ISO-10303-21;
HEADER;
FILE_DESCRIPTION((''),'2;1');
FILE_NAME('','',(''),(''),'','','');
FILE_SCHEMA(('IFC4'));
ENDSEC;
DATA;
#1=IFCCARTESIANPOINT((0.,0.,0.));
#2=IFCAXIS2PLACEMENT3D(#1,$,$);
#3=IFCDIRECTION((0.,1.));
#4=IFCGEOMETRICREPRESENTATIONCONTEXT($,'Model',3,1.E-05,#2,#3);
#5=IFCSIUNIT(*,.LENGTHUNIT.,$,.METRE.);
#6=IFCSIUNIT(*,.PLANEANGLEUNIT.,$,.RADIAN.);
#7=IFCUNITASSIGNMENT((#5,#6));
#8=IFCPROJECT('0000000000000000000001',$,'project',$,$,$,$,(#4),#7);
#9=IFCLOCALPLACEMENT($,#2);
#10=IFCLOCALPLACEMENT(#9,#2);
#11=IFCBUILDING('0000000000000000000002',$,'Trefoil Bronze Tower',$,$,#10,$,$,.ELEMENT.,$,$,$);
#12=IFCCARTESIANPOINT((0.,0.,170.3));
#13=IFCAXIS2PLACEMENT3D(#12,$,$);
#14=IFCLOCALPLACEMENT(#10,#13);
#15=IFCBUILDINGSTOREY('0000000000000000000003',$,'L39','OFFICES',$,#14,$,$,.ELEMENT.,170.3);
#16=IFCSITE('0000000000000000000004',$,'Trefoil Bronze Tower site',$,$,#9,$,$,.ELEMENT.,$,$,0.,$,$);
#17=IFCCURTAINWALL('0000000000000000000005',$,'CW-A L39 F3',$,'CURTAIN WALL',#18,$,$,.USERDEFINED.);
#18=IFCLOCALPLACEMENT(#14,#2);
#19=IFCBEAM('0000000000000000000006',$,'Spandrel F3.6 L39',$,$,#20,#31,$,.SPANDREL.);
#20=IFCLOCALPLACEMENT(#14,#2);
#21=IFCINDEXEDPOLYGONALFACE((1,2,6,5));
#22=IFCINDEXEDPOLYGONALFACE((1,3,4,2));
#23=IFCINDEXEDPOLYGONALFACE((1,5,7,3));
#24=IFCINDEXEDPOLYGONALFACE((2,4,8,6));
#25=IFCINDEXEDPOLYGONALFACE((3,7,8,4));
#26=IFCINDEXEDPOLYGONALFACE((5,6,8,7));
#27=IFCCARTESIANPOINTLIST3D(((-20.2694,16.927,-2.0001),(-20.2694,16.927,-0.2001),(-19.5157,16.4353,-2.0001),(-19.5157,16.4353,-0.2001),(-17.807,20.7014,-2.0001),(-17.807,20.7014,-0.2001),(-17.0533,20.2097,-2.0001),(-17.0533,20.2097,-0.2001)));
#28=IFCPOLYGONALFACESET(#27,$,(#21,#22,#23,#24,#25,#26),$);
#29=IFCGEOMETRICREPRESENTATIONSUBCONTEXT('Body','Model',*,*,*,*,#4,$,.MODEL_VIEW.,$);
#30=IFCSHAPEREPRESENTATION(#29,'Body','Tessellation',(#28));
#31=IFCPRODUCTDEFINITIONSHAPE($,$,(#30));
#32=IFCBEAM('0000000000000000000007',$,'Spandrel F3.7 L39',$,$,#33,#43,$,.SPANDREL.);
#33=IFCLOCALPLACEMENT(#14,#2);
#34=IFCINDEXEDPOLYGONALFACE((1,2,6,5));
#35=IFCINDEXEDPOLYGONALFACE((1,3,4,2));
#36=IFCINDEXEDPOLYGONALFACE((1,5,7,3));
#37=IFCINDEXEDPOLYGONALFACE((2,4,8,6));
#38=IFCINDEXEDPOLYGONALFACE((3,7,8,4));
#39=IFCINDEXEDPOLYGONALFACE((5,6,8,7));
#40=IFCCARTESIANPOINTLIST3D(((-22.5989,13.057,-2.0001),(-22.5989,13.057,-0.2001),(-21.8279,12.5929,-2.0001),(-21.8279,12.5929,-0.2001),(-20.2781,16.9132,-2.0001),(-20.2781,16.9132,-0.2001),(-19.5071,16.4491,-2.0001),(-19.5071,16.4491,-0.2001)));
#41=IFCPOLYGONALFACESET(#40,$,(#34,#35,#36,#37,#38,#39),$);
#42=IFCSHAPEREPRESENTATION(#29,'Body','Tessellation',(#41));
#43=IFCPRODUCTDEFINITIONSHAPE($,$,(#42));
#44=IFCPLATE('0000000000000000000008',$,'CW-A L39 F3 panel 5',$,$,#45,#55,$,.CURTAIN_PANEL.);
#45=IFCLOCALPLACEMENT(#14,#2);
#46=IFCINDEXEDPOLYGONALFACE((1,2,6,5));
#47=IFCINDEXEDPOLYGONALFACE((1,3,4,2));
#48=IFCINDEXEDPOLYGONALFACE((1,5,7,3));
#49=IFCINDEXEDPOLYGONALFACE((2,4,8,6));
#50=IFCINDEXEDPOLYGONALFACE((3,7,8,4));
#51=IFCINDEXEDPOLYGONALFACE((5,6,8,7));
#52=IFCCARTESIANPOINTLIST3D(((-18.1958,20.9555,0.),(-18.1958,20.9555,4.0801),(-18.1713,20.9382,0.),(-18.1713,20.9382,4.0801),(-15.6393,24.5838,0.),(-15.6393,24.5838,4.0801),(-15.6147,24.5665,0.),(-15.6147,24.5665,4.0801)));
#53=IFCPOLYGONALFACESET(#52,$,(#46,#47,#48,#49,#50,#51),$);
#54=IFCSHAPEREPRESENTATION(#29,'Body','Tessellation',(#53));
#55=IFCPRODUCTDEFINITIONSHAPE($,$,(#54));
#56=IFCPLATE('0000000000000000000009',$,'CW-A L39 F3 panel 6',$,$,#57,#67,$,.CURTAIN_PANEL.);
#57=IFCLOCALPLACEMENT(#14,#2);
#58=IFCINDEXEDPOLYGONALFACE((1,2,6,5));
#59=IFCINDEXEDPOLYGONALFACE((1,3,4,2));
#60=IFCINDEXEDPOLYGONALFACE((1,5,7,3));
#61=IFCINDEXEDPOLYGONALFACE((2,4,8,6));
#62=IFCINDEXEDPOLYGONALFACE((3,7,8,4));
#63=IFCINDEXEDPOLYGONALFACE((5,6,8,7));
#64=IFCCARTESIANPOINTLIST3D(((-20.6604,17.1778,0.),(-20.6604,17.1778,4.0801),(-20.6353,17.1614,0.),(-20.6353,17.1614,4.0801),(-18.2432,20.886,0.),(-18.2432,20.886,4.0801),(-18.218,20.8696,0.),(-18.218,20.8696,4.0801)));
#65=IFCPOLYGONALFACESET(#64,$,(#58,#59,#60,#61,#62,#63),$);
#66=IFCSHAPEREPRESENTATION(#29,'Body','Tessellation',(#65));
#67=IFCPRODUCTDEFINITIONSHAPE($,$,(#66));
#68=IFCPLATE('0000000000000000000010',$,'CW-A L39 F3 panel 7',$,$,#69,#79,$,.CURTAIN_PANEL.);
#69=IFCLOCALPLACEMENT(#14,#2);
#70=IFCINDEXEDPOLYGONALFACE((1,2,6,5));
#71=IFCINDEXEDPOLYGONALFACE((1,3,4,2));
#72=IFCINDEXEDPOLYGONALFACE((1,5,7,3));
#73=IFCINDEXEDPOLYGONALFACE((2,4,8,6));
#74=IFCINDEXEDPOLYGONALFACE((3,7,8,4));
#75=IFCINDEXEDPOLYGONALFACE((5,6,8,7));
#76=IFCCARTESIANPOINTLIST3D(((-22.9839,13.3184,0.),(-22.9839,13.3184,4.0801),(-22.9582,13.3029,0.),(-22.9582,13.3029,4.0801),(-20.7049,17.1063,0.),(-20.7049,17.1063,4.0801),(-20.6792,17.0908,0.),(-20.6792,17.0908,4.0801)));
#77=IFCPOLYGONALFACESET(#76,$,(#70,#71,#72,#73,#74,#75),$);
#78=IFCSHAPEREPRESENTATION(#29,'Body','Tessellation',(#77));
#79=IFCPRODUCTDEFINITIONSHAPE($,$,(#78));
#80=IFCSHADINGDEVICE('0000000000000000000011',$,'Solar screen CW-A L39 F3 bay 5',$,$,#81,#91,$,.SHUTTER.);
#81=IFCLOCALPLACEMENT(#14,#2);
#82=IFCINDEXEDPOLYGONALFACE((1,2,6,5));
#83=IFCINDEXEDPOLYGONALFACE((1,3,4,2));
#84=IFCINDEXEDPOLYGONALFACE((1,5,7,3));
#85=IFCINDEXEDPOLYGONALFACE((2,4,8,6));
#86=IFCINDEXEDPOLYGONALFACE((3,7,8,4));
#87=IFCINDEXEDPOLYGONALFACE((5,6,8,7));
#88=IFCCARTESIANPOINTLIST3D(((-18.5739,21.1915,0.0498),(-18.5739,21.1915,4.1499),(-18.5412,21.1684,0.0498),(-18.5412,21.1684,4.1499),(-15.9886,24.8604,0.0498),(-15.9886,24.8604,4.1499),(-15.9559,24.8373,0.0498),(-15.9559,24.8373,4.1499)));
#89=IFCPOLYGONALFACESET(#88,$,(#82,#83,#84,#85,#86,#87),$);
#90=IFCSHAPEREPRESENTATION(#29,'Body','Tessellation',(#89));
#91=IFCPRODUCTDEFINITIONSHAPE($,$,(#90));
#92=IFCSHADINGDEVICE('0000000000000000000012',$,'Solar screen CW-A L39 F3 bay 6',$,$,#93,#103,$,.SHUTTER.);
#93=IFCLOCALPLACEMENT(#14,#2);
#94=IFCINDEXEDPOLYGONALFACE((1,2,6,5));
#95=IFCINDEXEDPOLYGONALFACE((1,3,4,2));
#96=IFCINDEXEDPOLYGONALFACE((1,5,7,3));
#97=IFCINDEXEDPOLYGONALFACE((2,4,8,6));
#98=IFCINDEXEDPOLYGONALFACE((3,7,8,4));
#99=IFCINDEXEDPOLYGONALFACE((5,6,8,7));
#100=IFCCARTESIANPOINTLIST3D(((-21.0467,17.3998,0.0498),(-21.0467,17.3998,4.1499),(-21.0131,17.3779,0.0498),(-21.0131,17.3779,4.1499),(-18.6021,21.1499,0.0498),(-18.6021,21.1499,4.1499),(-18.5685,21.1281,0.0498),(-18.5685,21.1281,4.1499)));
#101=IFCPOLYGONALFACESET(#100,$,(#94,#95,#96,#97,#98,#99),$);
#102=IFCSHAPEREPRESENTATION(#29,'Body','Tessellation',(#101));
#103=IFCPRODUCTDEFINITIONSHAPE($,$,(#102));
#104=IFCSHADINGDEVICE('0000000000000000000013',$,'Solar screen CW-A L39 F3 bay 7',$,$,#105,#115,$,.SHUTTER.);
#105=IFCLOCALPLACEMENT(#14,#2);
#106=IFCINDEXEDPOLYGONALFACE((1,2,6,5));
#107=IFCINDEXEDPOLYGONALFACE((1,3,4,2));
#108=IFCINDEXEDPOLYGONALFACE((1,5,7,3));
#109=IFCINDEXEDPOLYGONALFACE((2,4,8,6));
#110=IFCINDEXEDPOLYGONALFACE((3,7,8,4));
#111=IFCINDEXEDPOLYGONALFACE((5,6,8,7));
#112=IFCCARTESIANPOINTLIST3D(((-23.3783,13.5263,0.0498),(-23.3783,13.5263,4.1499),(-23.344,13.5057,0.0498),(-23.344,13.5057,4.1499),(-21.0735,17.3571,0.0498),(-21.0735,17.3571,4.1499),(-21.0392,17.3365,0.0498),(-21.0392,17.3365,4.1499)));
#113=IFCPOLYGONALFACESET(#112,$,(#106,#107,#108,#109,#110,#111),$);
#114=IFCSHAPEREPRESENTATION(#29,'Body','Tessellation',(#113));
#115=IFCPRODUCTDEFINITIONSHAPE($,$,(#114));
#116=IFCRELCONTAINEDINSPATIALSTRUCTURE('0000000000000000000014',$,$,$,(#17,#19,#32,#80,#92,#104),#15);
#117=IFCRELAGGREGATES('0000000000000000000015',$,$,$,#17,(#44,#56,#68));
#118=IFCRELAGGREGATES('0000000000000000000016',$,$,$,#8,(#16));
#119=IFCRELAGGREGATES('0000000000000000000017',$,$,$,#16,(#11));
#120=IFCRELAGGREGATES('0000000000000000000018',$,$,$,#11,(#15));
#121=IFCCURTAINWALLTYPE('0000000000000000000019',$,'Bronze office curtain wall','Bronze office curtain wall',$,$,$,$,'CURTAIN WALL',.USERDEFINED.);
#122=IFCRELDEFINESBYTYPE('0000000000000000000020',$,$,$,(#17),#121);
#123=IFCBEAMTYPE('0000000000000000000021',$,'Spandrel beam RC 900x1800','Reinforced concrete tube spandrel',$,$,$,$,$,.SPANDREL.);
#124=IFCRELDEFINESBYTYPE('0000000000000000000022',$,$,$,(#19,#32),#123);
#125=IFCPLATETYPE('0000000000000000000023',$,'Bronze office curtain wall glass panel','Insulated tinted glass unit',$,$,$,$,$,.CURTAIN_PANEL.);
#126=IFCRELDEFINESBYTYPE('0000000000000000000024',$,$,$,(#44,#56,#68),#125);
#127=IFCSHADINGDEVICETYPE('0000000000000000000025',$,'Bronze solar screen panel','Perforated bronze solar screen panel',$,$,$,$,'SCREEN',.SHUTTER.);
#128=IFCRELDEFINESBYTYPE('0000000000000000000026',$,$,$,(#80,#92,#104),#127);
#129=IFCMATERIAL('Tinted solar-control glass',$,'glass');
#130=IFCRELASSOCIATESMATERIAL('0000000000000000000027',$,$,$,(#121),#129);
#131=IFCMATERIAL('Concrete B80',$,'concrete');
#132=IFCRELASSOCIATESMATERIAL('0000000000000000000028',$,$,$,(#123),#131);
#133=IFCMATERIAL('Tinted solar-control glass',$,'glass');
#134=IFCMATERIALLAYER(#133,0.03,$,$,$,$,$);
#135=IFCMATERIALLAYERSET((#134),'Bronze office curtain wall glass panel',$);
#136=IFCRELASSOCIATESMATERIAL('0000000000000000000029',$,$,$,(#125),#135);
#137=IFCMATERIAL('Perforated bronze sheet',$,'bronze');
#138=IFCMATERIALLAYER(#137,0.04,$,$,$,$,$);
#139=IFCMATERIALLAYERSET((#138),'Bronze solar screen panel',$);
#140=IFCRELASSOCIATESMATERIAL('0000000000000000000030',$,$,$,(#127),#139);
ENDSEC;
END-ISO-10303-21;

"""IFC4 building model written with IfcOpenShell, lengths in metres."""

from ifc_helpers import new_model, si_unit, direction, frame, origin, origin_2d, place, context, subcontext, project, spatial, rectangle, extrude, material, layer, layer_set, material_profile, profile_set, type_object, element, aggregate, save


model = new_model("IFC4")

# Units and contexts
model_context = context("Model", 3, precision=1e-05, world=origin(), true_north=direction((0.0, 1.0)))
body_context = subcontext(model_context, "Body", "Model", "MODEL_VIEW")
ifc_project = project(units=[si_unit("LENGTHUNIT", "METRE"), si_unit("PLANEANGLEUNIT", "RADIAN")], contexts=[model_context])

# Site, building, storey
site_placement = place(None, origin())
site = spatial("IfcSite", under=ifc_project, at=site_placement, Name="Trefoil Bronze Tower site", CompositionType="ELEMENT", RefElevation=0.0)
building_placement = place(site_placement, origin())
building = spatial("IfcBuilding", under=site, at=building_placement, Name="Trefoil Bronze Tower", CompositionType="ELEMENT")
storey_placement = place(building_placement, frame((0.0, 0.0, 170.3)))
storey = spatial("IfcBuildingStorey", under=building, at=storey_placement, Name="L39", Description="OFFICES", CompositionType="ELEMENT", Elevation=170.3)

# Curtain wall
ifc_material_1 = material(Name="Tinted solar-control glass", Category="glass")
curtain_wall_type = type_object("IfcCurtainWallType", Name="Bronze office curtain wall", Description="Bronze office curtain wall", ElementType="CURTAIN WALL", PredefinedType="USERDEFINED", material=ifc_material_1)
curtain_wall_placement = place(storey_placement, origin())
curtain_wall = element("IfcCurtainWall", 1, at=curtain_wall_placement, inside=storey, type_object=curtain_wall_type, Name="CW-A L39 F3", ObjectType="CURTAIN WALL", PredefinedType="USERDEFINED")

# Beams
ifc_material_2 = material(Name="Concrete B80", Category="concrete")
ifc_material_profile_1 = material_profile(ifc_material_2, rectangle(XDim=0.8999, YDim=1.8, at=origin_2d()), Name="RC 900x1800")
ifc_profile_set_1 = profile_set([ifc_material_profile_1], Name="Concrete B80")
beam_type_1 = type_object("IfcBeamType", Name="Spandrel beam RC 900x1800", Description="Reinforced concrete tube spandrel", PredefinedType="SPANDREL", material=ifc_profile_set_1)
beam_1_placement = place(storey_placement, frame((-17.4302, 20.4556, -1.1001), z_axis=(-0.546397, -0.837527, 0.0), x_axis=(0.837527, -0.546397, 0.0)))
element("IfcBeam", 2, at=beam_1_placement, inside=storey, type_object=beam_type_1, Name="Spandrel F3.6 L39", PredefinedType="SPANDREL", context=body_context, shape_type="SweptSolid", body=[
    extrude(rectangle(XDim=0.8999, YDim=1.8, at=origin_2d()), origin(), (0.0, 0.0, 1.0), 4.5066),
])
beam_2_placement = place(storey_placement, frame((-19.8926, 16.6812, -1.1001), z_axis=(-0.515652, -0.856798, 0.0), x_axis=(0.856798, -0.515652, 0.0)))
element("IfcBeam", 3, at=beam_2_placement, inside=storey, type_object=beam_type_1, Name="Spandrel F3.7 L39", PredefinedType="SPANDREL", context=body_context, shape_type="SweptSolid", body=[
    extrude(rectangle(XDim=0.8999, YDim=1.8, at=origin_2d()), origin(), (0.0, 0.0, 1.0), 4.5007),
])

# Plates
ifc_material_3 = material(Name="Tinted solar-control glass", Category="glass")
ifc_layer_1 = layer(ifc_material_3, 0.03)
ifc_layer_set_1 = layer_set([ifc_layer_1], Name="Bronze office curtain wall glass panel")
plate_type = type_object("IfcPlateType", Name="Bronze office curtain wall glass panel", Description="Insulated tinted glass unit", PredefinedType="CURTAIN_PANEL", material=ifc_layer_set_1)
plate_1_placement = place(storey_placement, frame((-16.9053, 22.761, 0.0), z_axis=(0.0, 0.0, 1.0), x_axis=(-0.575999, -0.81745, 0.0)))
plate_1 = element("IfcPlate", 4, at=plate_1_placement, type_object=plate_type, Name="CW-A L39 F3 panel 5", PredefinedType="CURTAIN_PANEL", context=body_context, shape_type="SweptSolid", body=[
    extrude(rectangle(XDim=4.4385, YDim=0.03, at=origin_2d()), origin(), (0.0, 0.0, 1.0), 4.0801),
])
plate_2_placement = place(storey_placement, frame((-19.4392, 19.0237, 0.0), z_axis=(0.0, 0.0, 1.0), x_axis=(-0.546089, -0.837727, 0.0)))
plate_2 = element("IfcPlate", 5, at=plate_2_placement, type_object=plate_type, Name="CW-A L39 F3 panel 6", PredefinedType="CURTAIN_PANEL", context=body_context, shape_type="SweptSolid", body=[
    extrude(rectangle(XDim=4.4265, YDim=0.03, at=origin_2d()), origin(), (0.0, 0.0, 1.0), 4.0801),
])
plate_3_placement = place(storey_placement, frame((-21.8315, 15.2046, 0.0), z_axis=(0.0, 0.0, 1.0), x_axis=(-0.515525, -0.856874, 0.0)))
plate_3 = element("IfcPlate", 6, at=plate_3_placement, type_object=plate_type, Name="CW-A L39 F3 panel 7", PredefinedType="CURTAIN_PANEL", context=body_context, shape_type="SweptSolid", body=[
    extrude(rectangle(XDim=4.4207, YDim=0.03, at=origin_2d()), origin(), (0.0, 0.0, 1.0), 4.0801),
])
aggregate(curtain_wall, [plate_1, plate_2, plate_3])

# Shading devices
ifc_material_4 = material(Name="Perforated bronze sheet", Category="bronze")
ifc_layer_2 = layer(ifc_material_4, 0.04)
ifc_layer_set_2 = layer_set([ifc_layer_2], Name="Bronze solar screen panel")
shading_device_type = type_object("IfcShadingDeviceType", Name="Bronze solar screen panel", Description="Perforated bronze solar screen panel", ElementType="SCREEN", PredefinedType="SHUTTER", material=ifc_layer_set_2)
shading_device_1_placement = place(storey_placement, frame((-17.2649, 23.0144, 0.0498), z_axis=(0.0, 0.0, 1.0), x_axis=(-0.575999, -0.81745, 0.0)))
element("IfcShadingDevice", 7, at=shading_device_1_placement, inside=storey, type_object=shading_device_type, Name="Solar screen CW-A L39 F3 bay 5", PredefinedType="SHUTTER", context=body_context, shape_type="SweptSolid", body=[
    extrude(rectangle(XDim=4.4883, YDim=0.04, at=origin_2d()), origin(), (0.0, 0.0, 1.0), 4.1001),
])
shading_device_2_placement = place(storey_placement, frame((-19.8076, 19.2639, 0.0498), z_axis=(0.0, 0.0, 1.0), x_axis=(-0.546089, -0.837727, 0.0)))
element("IfcShadingDevice", 8, at=shading_device_2_placement, inside=storey, type_object=shading_device_type, Name="Solar screen CW-A L39 F3 bay 6", PredefinedType="SHUTTER", context=body_context, shape_type="SweptSolid", body=[
    extrude(rectangle(XDim=4.4766, YDim=0.04, at=origin_2d()), origin(), (0.0, 0.0, 1.0), 4.1001),
])
shading_device_3_placement = place(storey_placement, frame((-22.2087, 15.4314, 0.0498), z_axis=(0.0, 0.0, 1.0), x_axis=(-0.515525, -0.856874, 0.0)))
element("IfcShadingDevice", 9, at=shading_device_3_placement, inside=storey, type_object=shading_device_type, Name="Solar screen CW-A L39 F3 bay 7", PredefinedType="SHUTTER", context=body_context, shape_type="SweptSolid", body=[
    extrude(rectangle(XDim=4.4707, YDim=0.04, at=origin_2d()), origin(), (0.0, 0.0, 1.0), 4.1001),
])

save(model, "model.ifc")
